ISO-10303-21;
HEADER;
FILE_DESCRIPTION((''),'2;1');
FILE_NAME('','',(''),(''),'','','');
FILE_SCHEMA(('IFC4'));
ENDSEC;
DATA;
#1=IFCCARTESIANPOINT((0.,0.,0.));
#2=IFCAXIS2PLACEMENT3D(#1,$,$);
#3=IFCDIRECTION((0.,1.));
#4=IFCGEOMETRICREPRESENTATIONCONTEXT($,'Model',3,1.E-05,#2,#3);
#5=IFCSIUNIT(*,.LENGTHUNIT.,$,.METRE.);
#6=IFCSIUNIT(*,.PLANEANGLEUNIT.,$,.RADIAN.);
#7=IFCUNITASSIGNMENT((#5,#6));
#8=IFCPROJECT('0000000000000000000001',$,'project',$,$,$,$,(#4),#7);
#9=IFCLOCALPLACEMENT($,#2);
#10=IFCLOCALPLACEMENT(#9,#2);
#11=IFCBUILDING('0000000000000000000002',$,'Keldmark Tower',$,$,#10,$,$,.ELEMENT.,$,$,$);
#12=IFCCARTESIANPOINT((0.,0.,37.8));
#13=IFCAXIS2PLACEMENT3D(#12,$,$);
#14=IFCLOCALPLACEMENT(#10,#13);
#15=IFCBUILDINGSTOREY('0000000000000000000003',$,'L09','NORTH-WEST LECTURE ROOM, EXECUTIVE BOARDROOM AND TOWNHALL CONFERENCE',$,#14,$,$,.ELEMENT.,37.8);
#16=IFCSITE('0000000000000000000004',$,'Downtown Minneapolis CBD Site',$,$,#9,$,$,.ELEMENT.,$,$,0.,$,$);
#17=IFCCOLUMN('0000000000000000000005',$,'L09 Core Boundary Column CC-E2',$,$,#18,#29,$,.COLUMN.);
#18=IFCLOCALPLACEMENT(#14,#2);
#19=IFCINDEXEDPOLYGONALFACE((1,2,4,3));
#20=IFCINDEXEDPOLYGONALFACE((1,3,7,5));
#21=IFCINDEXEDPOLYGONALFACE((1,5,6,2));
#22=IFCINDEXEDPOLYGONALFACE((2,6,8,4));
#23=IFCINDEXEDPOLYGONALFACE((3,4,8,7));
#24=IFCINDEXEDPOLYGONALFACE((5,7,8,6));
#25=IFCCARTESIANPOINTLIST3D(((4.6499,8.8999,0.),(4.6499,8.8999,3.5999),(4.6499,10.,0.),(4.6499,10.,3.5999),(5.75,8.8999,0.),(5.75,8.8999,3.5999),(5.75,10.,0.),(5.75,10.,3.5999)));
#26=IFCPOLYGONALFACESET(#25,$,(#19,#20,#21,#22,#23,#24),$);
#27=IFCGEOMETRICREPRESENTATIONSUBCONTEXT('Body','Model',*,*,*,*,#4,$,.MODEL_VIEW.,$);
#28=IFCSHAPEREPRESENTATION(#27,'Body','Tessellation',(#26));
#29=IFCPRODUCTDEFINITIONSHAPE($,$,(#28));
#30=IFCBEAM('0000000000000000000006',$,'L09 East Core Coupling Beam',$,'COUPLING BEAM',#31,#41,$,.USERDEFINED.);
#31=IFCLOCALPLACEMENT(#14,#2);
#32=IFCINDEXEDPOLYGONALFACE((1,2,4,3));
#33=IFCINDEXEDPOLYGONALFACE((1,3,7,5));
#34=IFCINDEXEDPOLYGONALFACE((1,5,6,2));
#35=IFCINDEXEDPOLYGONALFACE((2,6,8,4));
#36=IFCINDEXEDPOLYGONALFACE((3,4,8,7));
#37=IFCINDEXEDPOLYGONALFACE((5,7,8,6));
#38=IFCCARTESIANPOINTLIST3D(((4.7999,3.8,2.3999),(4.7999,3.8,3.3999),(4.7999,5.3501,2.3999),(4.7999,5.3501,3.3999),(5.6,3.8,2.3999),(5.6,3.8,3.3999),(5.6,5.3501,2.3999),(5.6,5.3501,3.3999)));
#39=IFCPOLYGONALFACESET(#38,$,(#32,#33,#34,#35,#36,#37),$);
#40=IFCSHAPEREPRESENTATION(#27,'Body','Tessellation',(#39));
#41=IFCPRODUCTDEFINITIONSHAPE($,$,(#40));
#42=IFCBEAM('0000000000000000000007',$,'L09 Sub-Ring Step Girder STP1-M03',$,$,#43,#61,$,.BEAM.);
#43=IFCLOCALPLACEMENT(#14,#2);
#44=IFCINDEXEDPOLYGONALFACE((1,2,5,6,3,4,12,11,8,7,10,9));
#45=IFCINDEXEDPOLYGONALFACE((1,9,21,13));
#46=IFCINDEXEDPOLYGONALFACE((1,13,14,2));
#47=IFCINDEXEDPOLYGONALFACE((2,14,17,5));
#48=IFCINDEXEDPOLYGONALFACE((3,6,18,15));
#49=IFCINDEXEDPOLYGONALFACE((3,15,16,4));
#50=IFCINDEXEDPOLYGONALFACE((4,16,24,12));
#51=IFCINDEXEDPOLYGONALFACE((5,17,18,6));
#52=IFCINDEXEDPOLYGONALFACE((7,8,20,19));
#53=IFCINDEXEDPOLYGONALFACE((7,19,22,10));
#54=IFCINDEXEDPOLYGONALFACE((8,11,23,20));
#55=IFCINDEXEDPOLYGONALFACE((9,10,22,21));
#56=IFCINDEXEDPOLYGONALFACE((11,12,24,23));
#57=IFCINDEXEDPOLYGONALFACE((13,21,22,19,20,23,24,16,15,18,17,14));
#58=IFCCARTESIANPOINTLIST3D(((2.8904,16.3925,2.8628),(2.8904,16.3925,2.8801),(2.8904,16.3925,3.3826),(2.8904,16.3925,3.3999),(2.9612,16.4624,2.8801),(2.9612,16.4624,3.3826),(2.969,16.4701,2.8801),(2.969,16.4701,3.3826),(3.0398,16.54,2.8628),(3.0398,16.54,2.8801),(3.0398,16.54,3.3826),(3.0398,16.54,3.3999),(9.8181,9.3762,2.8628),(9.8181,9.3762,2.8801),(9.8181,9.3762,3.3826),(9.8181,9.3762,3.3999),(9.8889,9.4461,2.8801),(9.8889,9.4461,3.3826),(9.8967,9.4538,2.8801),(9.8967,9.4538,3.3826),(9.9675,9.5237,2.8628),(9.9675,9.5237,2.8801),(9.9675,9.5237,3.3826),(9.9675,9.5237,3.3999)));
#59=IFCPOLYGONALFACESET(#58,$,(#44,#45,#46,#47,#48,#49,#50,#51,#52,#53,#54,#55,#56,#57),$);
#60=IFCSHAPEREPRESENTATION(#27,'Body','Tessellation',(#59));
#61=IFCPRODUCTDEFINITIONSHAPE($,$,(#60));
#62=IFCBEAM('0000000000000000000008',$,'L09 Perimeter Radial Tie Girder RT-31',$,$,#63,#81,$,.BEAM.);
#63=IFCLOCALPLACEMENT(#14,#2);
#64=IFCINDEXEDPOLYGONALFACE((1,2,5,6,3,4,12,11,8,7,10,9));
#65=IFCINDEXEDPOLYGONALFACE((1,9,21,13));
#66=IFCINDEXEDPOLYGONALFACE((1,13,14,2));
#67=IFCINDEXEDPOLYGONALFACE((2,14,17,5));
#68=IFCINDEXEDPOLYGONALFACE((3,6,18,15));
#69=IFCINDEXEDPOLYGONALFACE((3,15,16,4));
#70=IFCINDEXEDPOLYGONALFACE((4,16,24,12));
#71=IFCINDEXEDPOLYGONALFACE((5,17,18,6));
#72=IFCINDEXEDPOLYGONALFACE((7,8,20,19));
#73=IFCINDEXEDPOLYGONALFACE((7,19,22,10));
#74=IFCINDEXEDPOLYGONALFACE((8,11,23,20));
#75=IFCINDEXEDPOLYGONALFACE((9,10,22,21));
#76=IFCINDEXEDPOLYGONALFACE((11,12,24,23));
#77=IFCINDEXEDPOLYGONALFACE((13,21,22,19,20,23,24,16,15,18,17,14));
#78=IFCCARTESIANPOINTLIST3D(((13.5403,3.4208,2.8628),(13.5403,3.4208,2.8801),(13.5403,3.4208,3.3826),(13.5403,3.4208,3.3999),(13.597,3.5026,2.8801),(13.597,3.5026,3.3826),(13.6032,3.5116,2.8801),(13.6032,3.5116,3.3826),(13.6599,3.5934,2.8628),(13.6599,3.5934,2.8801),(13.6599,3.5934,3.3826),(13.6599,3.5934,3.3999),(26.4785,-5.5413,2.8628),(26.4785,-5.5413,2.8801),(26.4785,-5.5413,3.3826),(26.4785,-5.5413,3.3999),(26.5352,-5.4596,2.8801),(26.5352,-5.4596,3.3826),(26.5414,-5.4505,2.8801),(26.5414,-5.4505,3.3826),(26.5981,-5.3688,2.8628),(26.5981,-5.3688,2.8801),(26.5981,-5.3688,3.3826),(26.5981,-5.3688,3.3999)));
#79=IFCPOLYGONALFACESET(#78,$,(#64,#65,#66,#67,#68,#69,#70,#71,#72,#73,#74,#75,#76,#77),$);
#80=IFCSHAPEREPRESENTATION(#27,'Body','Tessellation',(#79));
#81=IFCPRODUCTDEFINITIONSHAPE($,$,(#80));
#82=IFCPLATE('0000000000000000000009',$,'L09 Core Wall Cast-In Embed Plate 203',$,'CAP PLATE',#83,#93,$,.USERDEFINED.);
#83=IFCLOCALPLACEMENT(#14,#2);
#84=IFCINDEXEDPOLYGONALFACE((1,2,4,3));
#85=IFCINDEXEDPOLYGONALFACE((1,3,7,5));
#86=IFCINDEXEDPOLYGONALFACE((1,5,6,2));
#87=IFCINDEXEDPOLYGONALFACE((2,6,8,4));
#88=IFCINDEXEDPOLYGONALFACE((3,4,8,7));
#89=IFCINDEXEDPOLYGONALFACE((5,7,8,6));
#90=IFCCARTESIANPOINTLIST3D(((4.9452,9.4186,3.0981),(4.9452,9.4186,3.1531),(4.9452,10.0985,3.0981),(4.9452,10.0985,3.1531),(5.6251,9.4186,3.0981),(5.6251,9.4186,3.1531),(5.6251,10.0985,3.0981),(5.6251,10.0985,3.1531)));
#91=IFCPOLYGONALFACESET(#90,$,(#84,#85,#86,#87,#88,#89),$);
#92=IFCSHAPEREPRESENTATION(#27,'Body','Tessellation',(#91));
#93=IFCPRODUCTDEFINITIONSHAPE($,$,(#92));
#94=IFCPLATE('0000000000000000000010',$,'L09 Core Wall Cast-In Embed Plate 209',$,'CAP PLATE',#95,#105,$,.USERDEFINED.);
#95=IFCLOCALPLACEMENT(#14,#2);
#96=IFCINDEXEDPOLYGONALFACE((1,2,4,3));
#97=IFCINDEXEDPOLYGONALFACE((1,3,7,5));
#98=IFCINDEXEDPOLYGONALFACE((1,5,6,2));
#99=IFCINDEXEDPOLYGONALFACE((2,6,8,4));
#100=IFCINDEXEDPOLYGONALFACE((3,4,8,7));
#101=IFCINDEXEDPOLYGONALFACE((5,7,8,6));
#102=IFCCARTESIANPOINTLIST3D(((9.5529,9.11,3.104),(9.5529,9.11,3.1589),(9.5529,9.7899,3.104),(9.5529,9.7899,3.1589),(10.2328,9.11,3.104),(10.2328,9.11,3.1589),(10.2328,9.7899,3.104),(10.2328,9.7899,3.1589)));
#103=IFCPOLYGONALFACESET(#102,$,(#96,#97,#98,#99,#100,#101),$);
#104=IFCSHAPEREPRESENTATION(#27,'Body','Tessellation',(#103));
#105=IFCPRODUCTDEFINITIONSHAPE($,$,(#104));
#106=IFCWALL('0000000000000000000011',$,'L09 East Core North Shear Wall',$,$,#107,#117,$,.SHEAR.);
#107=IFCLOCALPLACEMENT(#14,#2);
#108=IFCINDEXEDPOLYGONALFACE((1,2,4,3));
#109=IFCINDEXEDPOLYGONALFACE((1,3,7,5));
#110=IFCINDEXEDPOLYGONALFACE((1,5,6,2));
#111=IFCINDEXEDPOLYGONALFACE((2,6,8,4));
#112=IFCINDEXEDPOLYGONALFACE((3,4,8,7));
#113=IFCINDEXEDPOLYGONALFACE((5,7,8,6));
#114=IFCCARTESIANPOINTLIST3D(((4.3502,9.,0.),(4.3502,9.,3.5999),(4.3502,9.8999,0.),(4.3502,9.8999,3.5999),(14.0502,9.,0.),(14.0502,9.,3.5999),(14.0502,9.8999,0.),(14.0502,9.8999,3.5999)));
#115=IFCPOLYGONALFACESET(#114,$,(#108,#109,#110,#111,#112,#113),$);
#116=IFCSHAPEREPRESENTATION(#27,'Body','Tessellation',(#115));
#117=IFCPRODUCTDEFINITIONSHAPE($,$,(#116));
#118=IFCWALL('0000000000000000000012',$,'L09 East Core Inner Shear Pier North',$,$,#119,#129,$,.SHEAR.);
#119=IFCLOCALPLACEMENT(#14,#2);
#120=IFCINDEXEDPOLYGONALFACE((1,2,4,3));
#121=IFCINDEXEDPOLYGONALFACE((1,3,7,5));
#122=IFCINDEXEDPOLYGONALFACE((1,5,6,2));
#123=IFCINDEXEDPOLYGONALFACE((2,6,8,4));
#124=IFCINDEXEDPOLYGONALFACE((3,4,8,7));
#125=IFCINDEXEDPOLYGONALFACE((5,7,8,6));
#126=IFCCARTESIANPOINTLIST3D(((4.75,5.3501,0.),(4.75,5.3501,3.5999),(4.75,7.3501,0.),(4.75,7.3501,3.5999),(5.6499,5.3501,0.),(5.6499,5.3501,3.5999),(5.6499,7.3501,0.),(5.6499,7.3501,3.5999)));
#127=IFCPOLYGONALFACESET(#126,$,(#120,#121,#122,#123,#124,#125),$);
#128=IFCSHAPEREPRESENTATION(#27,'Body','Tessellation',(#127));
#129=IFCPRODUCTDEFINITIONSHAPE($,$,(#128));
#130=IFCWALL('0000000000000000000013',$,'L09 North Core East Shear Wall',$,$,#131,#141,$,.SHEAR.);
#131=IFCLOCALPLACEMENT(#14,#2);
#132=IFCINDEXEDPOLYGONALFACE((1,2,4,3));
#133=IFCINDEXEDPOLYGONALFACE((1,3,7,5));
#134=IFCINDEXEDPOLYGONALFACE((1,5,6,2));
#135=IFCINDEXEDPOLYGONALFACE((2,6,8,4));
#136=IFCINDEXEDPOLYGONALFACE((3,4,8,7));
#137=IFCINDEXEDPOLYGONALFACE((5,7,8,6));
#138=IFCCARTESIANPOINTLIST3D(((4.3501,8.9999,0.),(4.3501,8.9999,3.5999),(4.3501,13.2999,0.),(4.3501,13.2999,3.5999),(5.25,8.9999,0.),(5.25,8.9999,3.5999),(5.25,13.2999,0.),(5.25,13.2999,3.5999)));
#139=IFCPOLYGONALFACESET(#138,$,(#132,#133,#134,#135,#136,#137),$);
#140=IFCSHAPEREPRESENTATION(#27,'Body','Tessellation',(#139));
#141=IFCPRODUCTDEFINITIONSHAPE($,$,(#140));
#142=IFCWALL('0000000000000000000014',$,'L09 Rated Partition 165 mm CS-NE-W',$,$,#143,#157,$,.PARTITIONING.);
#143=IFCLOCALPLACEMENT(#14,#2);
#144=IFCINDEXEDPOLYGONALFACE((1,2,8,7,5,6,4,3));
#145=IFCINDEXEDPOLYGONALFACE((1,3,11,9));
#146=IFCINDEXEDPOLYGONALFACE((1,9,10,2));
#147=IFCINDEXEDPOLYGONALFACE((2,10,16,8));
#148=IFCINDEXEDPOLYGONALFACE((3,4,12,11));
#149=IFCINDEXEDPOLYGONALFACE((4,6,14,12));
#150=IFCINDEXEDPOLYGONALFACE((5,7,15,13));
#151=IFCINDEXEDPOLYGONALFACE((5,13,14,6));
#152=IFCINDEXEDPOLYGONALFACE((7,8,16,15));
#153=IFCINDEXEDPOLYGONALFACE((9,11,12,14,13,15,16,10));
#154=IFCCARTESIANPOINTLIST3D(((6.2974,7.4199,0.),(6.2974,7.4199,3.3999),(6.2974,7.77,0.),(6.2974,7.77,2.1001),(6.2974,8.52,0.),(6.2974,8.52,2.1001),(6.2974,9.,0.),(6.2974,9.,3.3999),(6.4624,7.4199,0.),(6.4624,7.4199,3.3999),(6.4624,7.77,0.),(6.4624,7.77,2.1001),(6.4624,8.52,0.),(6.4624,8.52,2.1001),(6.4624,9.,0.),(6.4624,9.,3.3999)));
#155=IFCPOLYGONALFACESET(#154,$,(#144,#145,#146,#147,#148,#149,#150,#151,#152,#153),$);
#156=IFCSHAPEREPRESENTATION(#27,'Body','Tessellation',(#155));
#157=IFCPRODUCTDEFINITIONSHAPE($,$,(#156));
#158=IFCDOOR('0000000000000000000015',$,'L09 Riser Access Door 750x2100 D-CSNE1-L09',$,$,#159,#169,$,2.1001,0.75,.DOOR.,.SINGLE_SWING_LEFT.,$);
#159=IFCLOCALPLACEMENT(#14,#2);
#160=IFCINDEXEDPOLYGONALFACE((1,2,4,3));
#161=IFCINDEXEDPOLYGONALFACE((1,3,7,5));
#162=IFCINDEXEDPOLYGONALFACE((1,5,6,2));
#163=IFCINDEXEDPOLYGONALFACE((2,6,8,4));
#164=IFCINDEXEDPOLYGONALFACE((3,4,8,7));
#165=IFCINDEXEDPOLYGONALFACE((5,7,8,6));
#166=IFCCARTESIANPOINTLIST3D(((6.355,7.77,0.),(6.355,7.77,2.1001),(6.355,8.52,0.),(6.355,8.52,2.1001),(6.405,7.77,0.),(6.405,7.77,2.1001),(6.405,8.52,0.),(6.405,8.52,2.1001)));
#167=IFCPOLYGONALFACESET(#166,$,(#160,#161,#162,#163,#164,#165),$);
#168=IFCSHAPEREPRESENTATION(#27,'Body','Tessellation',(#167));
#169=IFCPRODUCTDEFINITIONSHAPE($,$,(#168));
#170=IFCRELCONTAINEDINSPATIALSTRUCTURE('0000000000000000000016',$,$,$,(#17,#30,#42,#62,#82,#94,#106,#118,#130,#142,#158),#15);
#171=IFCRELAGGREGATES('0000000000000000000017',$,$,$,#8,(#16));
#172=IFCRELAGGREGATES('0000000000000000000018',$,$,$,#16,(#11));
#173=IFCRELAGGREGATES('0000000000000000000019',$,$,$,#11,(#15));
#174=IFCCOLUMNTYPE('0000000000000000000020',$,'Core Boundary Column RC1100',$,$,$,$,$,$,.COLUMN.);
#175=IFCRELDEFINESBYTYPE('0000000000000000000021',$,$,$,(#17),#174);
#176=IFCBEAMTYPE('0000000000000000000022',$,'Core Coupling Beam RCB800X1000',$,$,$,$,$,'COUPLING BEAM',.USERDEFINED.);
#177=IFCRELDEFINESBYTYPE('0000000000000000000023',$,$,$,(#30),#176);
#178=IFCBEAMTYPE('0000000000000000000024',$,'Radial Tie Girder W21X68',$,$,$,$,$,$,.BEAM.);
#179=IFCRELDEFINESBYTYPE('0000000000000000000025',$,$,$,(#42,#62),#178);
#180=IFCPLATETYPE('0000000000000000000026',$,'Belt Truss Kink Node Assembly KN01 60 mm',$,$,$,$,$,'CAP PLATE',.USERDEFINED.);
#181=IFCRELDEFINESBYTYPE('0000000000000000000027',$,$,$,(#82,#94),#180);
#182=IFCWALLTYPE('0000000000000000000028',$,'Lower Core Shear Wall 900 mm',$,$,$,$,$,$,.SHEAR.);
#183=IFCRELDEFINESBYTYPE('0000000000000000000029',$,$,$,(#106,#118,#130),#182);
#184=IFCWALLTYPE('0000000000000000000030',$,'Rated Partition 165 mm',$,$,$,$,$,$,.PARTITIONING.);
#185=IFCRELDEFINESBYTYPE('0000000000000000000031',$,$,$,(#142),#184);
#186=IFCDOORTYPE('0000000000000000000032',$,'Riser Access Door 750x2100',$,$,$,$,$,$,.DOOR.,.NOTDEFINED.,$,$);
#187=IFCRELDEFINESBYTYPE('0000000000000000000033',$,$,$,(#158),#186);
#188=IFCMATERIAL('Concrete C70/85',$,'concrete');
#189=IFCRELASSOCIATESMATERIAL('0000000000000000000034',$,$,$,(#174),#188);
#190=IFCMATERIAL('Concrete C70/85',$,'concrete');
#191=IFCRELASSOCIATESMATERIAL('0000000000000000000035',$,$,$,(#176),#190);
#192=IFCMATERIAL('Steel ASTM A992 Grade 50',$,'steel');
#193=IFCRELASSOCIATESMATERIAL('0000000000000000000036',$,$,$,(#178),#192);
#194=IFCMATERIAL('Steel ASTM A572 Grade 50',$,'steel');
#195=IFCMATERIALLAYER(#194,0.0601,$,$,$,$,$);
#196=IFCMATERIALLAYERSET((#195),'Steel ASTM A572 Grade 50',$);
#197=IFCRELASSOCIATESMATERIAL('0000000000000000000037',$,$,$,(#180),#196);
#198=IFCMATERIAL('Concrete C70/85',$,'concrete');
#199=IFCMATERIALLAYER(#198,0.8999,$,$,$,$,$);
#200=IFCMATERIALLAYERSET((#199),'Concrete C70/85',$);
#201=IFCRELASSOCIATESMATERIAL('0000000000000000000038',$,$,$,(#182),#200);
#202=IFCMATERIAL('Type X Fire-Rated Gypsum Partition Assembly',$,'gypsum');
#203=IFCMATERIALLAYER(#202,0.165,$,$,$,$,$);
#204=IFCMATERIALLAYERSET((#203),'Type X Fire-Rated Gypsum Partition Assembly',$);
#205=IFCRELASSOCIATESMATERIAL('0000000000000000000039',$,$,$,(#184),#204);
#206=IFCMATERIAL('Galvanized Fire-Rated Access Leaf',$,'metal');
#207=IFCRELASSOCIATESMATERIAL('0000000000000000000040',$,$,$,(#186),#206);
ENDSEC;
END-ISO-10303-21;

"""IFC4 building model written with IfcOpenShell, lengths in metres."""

from ifc_helpers import new_model, si_unit, direction, frame, frame_2d, origin, origin_2d, place, context, subcontext, project, spatial, rectangle, i_section, extrude, material, layer, layer_set, material_profile, profile_set, type_object, element, fill, save


model = new_model("IFC4")

# Units and contexts
model_context = context("Model", 3, precision=1e-05, world=origin(), true_north=direction((0.0, 1.0)))
body_context = subcontext(model_context, "Body", "Model", "MODEL_VIEW")
ifc_project = project(units=[si_unit("LENGTHUNIT", "METRE"), si_unit("PLANEANGLEUNIT", "RADIAN")], contexts=[model_context])

# Site, building, storey
site_placement = place(None, origin())
site = spatial("IfcSite", under=ifc_project, at=site_placement, Name="Downtown Minneapolis CBD Site", CompositionType="ELEMENT", RefElevation=0.0)
building_placement = place(site_placement, origin())
building = spatial("IfcBuilding", under=site, at=building_placement, Name="Keldmark Tower", CompositionType="ELEMENT")
storey_placement = place(building_placement, frame((0.0, 0.0, 37.8)))
storey = spatial("IfcBuildingStorey", under=building, at=storey_placement, Name="L09", Description="NORTH-WEST LECTURE ROOM, EXECUTIVE BOARDROOM AND TOWNHALL CONFERENCE", CompositionType="ELEMENT", Elevation=37.8)

# Column
ifc_material_1 = material(Name="Concrete C70/85", Category="concrete")
ifc_material_profile_1 = material_profile(ifc_material_1, rectangle(XDim=1.1001, YDim=1.1001, at=origin_2d()), Name="RC1100X1100")
ifc_profile_set_1 = profile_set([ifc_material_profile_1], Name="Concrete C70/85")
column_type = type_object("IfcColumnType", Name="Core Boundary Column RC1100", PredefinedType="COLUMN", material=ifc_profile_set_1)
column_placement = place(storey_placement, frame((5.2, 9.45, 0.0), z_axis=(0.0, 0.0, 1.0), x_axis=(1.0, 0.0, 0.0)))
element("IfcColumn", 1, at=column_placement, inside=storey, type_object=column_type, Name="L09 Core Boundary Column CC-E2", PredefinedType="COLUMN", context=body_context, shape_type="SweptSolid", body=[
    extrude(rectangle(XDim=1.1001, YDim=1.1001, at=origin_2d()), origin(), (0.0, 0.0, 1.0), 3.5999),
])

# Beams
ifc_material_2 = material(Name="Concrete C70/85", Category="concrete")
ifc_material_profile_2 = material_profile(ifc_material_2, rectangle(XDim=0.8, YDim=1.0, at=origin_2d()), Name="RCB800X1000")
ifc_profile_set_2 = profile_set([ifc_material_profile_2], Name="Concrete C70/85")
beam_type_1 = type_object("IfcBeamType", Name="Core Coupling Beam RCB800X1000", ElementType="COUPLING BEAM", PredefinedType="USERDEFINED", material=ifc_profile_set_2)
beam_1_placement = place(storey_placement, frame((5.2, 3.8, 2.8999), z_axis=(0.0, 1.0, 0.0), x_axis=(-1.0, 0.0, 0.0)))
element("IfcBeam", 2, at=beam_1_placement, inside=storey, type_object=beam_type_1, Name="L09 East Core Coupling Beam", ObjectType="COUPLING BEAM", PredefinedType="USERDEFINED", context=body_context, shape_type="SweptSolid", body=[
    extrude(rectangle(XDim=0.8, YDim=1.0, at=origin_2d()), origin(), (0.0, 0.0, 1.0), 1.55),
])
ifc_material_3 = material(Name="Steel ASTM A992 Grade 50", Category="steel")
ifc_material_profile_3 = material_profile(ifc_material_3, i_section(OverallWidth=0.21, OverallDepth=0.5371, WebThickness=0.011, FlangeThickness=0.0173, at=origin_2d()), Name="W21X68")
ifc_profile_set_3 = profile_set([ifc_material_profile_3], Name="Steel ASTM A992 Grade 50")
beam_type_2 = type_object("IfcBeamType", Name="Radial Tie Girder W21X68", PredefinedType="BEAM", material=ifc_profile_set_3)
beam_2_placement = place(storey_placement, frame((9.8928, 9.45, 3.1313), z_axis=(-0.702599, 0.711586, 0.0), x_axis=(-0.711586, -0.702599, 0.0)))
element("IfcBeam", 3, at=beam_2_placement, inside=storey, type_object=beam_type_2, Name="L09 Sub-Ring Step Girder STP1-M03", PredefinedType="BEAM", context=body_context, shape_type="SweptSolid", body=[
    extrude(i_section(OverallWidth=0.21, OverallDepth=0.5371, WebThickness=0.011, FlangeThickness=0.0173, at=origin_2d()), origin(), (0.0, 0.0, 1.0), 9.8601),
])
beam_3_placement = place(storey_placement, frame((13.6001, 3.5071, 3.1313), z_axis=(0.822046, -0.569421, 0.0), x_axis=(0.569421, 0.822046, 0.0)))
element("IfcBeam", 4, at=beam_3_placement, inside=storey, type_object=beam_type_2, Name="L09 Perimeter Radial Tie Girder RT-31", PredefinedType="BEAM", context=body_context, shape_type="SweptSolid", body=[
    extrude(i_section(OverallWidth=0.21, OverallDepth=0.5371, WebThickness=0.011, FlangeThickness=0.0173, at=origin_2d()), origin(), (0.0, 0.0, 1.0), 15.739),
])

# Plates
ifc_material_4 = material(Name="Steel ASTM A572 Grade 50", Category="steel")
ifc_layer_1 = layer(ifc_material_4, 0.0601)
ifc_layer_set_1 = layer_set([ifc_layer_1], Name="Steel ASTM A572 Grade 50")
plate_type = type_object("IfcPlateType", Name="Belt Truss Kink Node Assembly KN01 60 mm", ElementType="CAP PLATE", PredefinedType="USERDEFINED", material=ifc_layer_set_1)
for number, where, z_axis, x_axis, name in (
    (5, (5.2852, 9.7585, 3.0981), (0.0, 0.0, 1.0), (1.0, 0.0, 0.0), "L09 Core Wall Cast-In Embed Plate 203"),
    (6, (9.8928, 9.45, 3.104), (0.0, 0.0, 1.0), (1.0, 0.0, 0.0), "L09 Core Wall Cast-In Embed Plate 209"),
):
    element("IfcPlate", number, at=place(storey_placement, frame(where, z_axis=z_axis, x_axis=x_axis)), inside=storey, type_object=plate_type, Name=name, ObjectType="CAP PLATE", PredefinedType="USERDEFINED", context=body_context, shape_type="SweptSolid", body=[
        extrude(rectangle(XDim=0.6799, YDim=0.6799, at=origin_2d()), origin(), (0.0, 0.0, 1.0), 0.0549),
    ])

# Walls
ifc_material_5 = material(Name="Concrete C70/85", Category="concrete")
ifc_layer_2 = layer(ifc_material_5, 0.8999)
ifc_layer_set_2 = layer_set([ifc_layer_2], Name="Concrete C70/85")
wall_type_1 = type_object("IfcWallType", Name="Lower Core Shear Wall 900 mm", PredefinedType="SHEAR", material=ifc_layer_set_2)
wall_1_placement = place(storey_placement, frame((4.3501, 9.45, 0.0), z_axis=(0.0, 0.0, 1.0), x_axis=(1.0, 0.0, 0.0)))
element("IfcWall", 7, at=wall_1_placement, inside=storey, type_object=wall_type_1, Name="L09 East Core North Shear Wall", PredefinedType="SHEAR", context=body_context, shape_type="SweptSolid", body=[
    extrude(rectangle(XDim=9.7, YDim=0.8999, at=frame_2d((4.8501, 0.0))), origin(), (0.0, 0.0, 1.0), 3.5999),
])
wall_2_placement = place(storey_placement, frame((5.2, 5.3501, 0.0), z_axis=(0.0, 0.0, 1.0), x_axis=(0.0, 1.0, 0.0)))
element("IfcWall", 8, at=wall_2_placement, inside=storey, type_object=wall_type_1, Name="L09 East Core Inner Shear Pier North", PredefinedType="SHEAR", context=body_context, shape_type="SweptSolid", body=[
    extrude(rectangle(XDim=2.0, YDim=0.8999, at=frame_2d((1.0, 0.0))), origin(), (0.0, 0.0, 1.0), 3.5999),
])
wall_3_placement = place(storey_placement, frame((4.8, 9.0, 0.0), z_axis=(0.0, 0.0, 1.0), x_axis=(0.0, 1.0, 0.0)))
element("IfcWall", 9, at=wall_3_placement, inside=storey, type_object=wall_type_1, Name="L09 North Core East Shear Wall", PredefinedType="SHEAR", context=body_context, shape_type="SweptSolid", body=[
    extrude(rectangle(XDim=4.3, YDim=0.8999, at=frame_2d((2.1499, 0.0))), origin(), (0.0, 0.0, 1.0), 3.5999),
])

# Wall, opening, door
ifc_material_6 = material(Name="Type X Fire-Rated Gypsum Partition Assembly", Category="gypsum")
ifc_layer_3 = layer(ifc_material_6, 0.165)
ifc_layer_set_3 = layer_set([ifc_layer_3], Name="Type X Fire-Rated Gypsum Partition Assembly")
wall_type_2 = type_object("IfcWallType", Name="Rated Partition 165 mm", PredefinedType="PARTITIONING", material=ifc_layer_set_3)
wall_4_placement = place(storey_placement, frame((6.3799, 7.4199, 0.0), z_axis=(0.0, 0.0, 1.0), x_axis=(0.0, 1.0, 0.0)))
wall_4 = element("IfcWall", 10, at=wall_4_placement, inside=storey, type_object=wall_type_2, Name="L09 Rated Partition 165 mm CS-NE-W", PredefinedType="PARTITIONING", context=body_context, shape_type="SweptSolid", body=[
    extrude(rectangle(XDim=1.5801, YDim=0.165, at=frame_2d((0.79, 0.0))), origin(), (0.0, 0.0, 1.0), 3.3999),
])
opening_1_placement = place(wall_4_placement, frame((0.3501, 0.0, 0.0)))
opening_1 = element("IfcOpeningElement", 11, at=opening_1_placement, cuts=wall_4, PredefinedType="OPENING", context=body_context, shape_type="SweptSolid", body=[
    extrude(rectangle(XDim=0.75, YDim=2.1001, at=frame_2d((0.375, 1.05))), frame((0.0, 0.0925, 0.0), z_axis=(0.0, -1.0, 0.0), x_axis=(1.0, 0.0, 0.0)), (0.0, 0.0, 1.0), 0.1851),
])
ifc_material_7 = material(Name="Galvanized Fire-Rated Access Leaf", Category="metal")
door_type_1 = type_object("IfcDoorType", Name="Riser Access Door 750x2100", OperationType="NOTDEFINED", PredefinedType="DOOR", material=ifc_material_7)
door_1_placement = place(opening_1_placement, origin())
door_1 = element("IfcDoor", 12, at=door_1_placement, inside=storey, type_object=door_type_1, Name="L09 Riser Access Door 750x2100 D-CSNE1-L09", OperationType="SINGLE_SWING_LEFT", OverallHeight=2.1001, OverallWidth=0.75, PredefinedType="DOOR", context=body_context, shape_type="SweptSolid", body=[
    extrude(rectangle(XDim=0.75, YDim=2.1001, at=frame_2d((0.375, 1.05))), frame((0.0, 0.0249, 0.0), z_axis=(0.0, -1.0, 0.0), x_axis=(1.0, 0.0, 0.0)), (0.0, 0.0, 1.0), 0.05),
])
fill(opening_1, door_1)

save(model, "model.ifc")
